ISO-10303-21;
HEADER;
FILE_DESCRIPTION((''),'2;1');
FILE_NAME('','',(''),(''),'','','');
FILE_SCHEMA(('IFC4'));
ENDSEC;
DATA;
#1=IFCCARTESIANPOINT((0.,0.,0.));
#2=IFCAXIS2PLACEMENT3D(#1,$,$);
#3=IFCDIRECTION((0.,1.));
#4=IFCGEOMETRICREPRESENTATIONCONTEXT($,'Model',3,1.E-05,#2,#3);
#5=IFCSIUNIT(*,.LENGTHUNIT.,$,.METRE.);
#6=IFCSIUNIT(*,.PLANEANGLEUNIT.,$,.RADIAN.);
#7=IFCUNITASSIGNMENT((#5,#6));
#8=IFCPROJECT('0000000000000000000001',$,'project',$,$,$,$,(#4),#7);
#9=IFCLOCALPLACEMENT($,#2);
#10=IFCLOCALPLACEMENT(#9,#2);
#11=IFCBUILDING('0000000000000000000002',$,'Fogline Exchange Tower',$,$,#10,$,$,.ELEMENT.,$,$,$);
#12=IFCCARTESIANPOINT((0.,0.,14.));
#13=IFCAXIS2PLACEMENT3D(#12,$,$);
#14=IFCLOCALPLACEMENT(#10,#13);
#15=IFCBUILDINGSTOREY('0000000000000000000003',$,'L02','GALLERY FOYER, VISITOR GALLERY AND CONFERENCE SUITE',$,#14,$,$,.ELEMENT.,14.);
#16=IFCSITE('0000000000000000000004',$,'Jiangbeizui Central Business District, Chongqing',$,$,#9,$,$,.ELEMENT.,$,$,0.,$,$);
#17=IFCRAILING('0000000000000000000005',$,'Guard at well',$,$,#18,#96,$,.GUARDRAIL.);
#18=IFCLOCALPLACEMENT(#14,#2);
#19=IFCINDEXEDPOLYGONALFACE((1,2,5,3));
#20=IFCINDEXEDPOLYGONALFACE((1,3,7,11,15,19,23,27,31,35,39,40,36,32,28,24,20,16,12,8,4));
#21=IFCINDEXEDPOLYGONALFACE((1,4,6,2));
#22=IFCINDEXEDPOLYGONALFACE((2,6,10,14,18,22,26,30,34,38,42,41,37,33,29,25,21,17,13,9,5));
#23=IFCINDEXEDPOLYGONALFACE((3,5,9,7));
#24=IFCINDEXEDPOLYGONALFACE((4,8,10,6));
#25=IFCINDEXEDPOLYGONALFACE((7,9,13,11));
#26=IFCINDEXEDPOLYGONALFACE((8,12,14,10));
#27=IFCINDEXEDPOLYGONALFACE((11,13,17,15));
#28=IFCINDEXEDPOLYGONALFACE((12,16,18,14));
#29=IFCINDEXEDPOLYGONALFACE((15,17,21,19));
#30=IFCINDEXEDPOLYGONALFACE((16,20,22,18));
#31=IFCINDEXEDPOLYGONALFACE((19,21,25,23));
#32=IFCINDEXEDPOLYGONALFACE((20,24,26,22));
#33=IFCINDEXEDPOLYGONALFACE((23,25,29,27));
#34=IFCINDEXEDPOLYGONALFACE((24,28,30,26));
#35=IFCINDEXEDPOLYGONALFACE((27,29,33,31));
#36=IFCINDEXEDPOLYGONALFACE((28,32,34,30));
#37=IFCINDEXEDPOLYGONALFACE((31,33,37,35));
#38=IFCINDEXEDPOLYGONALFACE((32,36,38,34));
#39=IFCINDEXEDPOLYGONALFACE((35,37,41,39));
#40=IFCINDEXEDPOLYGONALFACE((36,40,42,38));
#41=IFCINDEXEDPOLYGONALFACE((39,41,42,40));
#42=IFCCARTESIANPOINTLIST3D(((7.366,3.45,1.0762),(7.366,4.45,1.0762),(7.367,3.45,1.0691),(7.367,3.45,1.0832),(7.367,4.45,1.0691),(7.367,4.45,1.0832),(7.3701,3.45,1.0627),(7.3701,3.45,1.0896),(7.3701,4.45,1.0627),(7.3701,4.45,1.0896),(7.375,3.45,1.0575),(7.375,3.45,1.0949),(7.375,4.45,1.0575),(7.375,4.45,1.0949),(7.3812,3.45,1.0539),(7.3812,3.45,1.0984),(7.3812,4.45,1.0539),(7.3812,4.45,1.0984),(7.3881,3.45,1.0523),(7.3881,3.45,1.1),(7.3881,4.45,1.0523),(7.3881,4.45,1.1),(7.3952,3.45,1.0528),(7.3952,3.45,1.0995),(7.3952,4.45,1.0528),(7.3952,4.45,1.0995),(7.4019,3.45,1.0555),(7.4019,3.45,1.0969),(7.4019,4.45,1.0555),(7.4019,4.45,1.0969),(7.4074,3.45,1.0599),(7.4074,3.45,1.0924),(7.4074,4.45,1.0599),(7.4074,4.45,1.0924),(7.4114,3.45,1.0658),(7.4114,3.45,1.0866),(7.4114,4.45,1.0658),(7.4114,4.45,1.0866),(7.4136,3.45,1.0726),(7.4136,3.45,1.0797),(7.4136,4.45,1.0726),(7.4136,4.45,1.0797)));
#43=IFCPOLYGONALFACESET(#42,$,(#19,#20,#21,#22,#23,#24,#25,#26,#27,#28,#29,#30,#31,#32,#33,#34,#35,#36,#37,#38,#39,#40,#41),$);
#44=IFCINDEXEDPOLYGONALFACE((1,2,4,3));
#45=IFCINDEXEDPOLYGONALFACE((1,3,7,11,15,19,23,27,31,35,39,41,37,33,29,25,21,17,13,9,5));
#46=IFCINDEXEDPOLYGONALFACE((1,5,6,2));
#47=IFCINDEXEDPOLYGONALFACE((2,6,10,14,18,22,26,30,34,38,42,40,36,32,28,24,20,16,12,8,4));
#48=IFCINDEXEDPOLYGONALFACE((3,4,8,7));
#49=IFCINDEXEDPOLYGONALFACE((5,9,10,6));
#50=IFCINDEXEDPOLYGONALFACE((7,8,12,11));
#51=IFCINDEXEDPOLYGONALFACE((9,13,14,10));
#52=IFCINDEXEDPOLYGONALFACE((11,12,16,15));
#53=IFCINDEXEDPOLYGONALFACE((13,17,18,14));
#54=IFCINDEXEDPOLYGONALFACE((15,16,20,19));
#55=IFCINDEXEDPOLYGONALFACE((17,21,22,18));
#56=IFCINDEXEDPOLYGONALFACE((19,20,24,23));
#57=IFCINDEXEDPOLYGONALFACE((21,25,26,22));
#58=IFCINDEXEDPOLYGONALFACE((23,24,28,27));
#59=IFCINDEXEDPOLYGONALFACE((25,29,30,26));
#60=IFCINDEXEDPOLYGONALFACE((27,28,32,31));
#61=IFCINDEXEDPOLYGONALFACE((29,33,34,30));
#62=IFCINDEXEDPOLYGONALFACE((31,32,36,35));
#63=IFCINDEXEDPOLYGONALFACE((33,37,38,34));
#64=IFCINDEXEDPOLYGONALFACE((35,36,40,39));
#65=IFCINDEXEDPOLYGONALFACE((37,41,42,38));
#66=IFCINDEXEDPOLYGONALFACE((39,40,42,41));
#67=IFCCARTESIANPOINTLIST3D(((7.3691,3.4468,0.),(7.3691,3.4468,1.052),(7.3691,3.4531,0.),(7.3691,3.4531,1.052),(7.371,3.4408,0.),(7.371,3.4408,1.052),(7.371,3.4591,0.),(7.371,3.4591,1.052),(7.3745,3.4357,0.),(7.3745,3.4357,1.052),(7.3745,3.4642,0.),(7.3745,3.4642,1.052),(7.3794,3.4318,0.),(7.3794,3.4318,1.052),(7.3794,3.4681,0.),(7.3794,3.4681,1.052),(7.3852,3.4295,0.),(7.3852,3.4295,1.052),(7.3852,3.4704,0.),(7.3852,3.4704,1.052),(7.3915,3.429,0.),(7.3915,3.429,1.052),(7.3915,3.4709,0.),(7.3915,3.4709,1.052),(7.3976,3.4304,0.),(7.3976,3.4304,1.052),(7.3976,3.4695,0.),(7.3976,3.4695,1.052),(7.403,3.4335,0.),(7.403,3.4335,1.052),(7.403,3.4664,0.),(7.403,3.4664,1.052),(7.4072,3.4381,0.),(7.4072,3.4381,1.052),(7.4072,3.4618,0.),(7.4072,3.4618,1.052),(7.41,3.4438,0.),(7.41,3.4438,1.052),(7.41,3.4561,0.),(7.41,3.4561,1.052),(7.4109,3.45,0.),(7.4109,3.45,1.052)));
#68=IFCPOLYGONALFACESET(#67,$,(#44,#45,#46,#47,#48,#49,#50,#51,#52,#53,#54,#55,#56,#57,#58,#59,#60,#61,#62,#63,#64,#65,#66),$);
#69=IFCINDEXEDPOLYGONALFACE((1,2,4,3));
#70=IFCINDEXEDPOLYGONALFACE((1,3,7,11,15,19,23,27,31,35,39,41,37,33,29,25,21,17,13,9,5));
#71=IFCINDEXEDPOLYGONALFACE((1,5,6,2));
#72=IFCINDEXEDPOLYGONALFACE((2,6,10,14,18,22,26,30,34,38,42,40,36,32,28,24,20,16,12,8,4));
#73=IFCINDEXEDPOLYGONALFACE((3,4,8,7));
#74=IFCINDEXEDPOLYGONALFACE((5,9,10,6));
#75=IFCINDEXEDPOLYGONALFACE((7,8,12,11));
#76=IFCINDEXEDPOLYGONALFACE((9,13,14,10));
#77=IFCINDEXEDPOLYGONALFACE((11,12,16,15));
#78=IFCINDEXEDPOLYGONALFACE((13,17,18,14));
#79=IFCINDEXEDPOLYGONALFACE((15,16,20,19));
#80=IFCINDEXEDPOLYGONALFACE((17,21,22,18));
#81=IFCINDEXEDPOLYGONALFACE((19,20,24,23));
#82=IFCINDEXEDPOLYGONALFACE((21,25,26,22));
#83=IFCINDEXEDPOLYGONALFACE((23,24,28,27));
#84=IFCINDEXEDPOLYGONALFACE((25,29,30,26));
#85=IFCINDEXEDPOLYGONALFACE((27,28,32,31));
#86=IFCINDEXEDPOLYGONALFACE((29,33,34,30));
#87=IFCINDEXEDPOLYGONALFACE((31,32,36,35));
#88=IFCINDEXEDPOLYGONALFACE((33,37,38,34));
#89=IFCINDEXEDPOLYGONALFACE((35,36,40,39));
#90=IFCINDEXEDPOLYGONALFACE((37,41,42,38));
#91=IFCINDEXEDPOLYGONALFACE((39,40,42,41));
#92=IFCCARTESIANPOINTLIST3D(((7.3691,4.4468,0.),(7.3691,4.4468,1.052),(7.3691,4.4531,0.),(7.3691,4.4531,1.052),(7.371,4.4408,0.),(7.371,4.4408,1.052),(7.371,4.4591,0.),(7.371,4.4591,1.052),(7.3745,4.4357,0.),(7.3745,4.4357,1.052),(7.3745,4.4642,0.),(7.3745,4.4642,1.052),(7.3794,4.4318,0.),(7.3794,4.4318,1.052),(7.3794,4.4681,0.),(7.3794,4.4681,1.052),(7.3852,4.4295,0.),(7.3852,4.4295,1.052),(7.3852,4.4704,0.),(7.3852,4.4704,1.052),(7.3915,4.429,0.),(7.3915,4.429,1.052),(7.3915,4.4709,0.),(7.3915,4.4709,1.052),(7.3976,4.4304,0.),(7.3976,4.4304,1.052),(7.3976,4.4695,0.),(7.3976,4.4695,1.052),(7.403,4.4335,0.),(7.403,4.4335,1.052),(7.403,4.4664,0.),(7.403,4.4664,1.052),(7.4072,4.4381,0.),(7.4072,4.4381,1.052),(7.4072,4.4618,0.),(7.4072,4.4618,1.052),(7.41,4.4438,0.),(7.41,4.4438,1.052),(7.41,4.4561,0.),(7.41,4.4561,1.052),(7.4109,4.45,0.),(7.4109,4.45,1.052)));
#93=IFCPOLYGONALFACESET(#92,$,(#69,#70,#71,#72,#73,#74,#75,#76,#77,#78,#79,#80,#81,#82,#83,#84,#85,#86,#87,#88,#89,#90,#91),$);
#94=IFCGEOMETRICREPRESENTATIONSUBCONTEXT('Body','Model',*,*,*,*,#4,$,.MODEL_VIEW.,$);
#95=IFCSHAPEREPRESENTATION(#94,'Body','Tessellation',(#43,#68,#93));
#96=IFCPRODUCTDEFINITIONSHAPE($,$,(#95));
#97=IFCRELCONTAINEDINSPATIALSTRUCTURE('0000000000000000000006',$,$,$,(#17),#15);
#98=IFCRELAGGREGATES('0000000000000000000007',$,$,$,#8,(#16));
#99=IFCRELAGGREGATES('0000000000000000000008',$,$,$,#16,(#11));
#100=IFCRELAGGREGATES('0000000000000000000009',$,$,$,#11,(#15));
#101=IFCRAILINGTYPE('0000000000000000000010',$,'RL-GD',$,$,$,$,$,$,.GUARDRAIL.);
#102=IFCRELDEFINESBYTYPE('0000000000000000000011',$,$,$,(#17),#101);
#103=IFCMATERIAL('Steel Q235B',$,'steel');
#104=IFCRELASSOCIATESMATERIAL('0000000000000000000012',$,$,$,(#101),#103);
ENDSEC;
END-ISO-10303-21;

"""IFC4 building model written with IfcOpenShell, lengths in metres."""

from ifc_helpers import new_model, si_unit, direction, frame, origin, origin_2d, place, context, subcontext, project, spatial, circle, extrude, material, type_object, element, save


model = new_model("IFC4")

# Units and contexts
model_context = context("Model", 3, precision=1e-05, world=origin(), true_north=direction((0.0, 1.0)))
body_context = subcontext(model_context, "Body", "Model", "MODEL_VIEW")
ifc_project = project(units=[si_unit("LENGTHUNIT", "METRE"), si_unit("PLANEANGLEUNIT", "RADIAN")], contexts=[model_context])

# Site, building, storey
site_placement = place(None, origin())
site = spatial("IfcSite", under=ifc_project, at=site_placement, Name="Jiangbeizui Central Business District, Chongqing", CompositionType="ELEMENT", RefElevation=0.0)
building_placement = place(site_placement, origin())
building = spatial("IfcBuilding", under=site, at=building_placement, Name="Fogline Exchange Tower", CompositionType="ELEMENT")
storey_placement = place(building_placement, frame((0.0, 0.0, 14.0)))
storey = spatial("IfcBuildingStorey", under=building, at=storey_placement, Name="L02", Description="GALLERY FOYER, VISITOR GALLERY AND CONFERENCE SUITE", CompositionType="ELEMENT", Elevation=14.0)

# Railing
ifc_material_1 = material(Name="Steel Q235B", Category="steel")
railing_type_1 = type_object("IfcRailingType", Name="RL-GD", PredefinedType="GUARDRAIL", material=ifc_material_1)
railing_1_placement = place(storey_placement, frame((7.3899, 3.45, 0.0)))
element("IfcRailing", 1, at=railing_1_placement, inside=storey, type_object=railing_type_1, Name="Guard at well", PredefinedType="GUARDRAIL", context=body_context, shape_type="SweptSolid", body=[
    extrude(circle(Radius=0.0239, at=origin_2d()), frame((0.0, 0.0, 1.0762), z_axis=(0.0, 1.0, 0.0), x_axis=(-1.0, 0.0, 0.0)), (0.0, 0.0, 1.0), 1.0),
    extrude(circle(Radius=0.021, at=origin_2d()), origin(), (0.0, 0.0, 1.0), 1.052),
    extrude(circle(Radius=0.021, at=origin_2d()), frame((0.0, 1.0, 0.0)), (0.0, 0.0, 1.0), 1.052),
])

save(model, "model.ifc")
